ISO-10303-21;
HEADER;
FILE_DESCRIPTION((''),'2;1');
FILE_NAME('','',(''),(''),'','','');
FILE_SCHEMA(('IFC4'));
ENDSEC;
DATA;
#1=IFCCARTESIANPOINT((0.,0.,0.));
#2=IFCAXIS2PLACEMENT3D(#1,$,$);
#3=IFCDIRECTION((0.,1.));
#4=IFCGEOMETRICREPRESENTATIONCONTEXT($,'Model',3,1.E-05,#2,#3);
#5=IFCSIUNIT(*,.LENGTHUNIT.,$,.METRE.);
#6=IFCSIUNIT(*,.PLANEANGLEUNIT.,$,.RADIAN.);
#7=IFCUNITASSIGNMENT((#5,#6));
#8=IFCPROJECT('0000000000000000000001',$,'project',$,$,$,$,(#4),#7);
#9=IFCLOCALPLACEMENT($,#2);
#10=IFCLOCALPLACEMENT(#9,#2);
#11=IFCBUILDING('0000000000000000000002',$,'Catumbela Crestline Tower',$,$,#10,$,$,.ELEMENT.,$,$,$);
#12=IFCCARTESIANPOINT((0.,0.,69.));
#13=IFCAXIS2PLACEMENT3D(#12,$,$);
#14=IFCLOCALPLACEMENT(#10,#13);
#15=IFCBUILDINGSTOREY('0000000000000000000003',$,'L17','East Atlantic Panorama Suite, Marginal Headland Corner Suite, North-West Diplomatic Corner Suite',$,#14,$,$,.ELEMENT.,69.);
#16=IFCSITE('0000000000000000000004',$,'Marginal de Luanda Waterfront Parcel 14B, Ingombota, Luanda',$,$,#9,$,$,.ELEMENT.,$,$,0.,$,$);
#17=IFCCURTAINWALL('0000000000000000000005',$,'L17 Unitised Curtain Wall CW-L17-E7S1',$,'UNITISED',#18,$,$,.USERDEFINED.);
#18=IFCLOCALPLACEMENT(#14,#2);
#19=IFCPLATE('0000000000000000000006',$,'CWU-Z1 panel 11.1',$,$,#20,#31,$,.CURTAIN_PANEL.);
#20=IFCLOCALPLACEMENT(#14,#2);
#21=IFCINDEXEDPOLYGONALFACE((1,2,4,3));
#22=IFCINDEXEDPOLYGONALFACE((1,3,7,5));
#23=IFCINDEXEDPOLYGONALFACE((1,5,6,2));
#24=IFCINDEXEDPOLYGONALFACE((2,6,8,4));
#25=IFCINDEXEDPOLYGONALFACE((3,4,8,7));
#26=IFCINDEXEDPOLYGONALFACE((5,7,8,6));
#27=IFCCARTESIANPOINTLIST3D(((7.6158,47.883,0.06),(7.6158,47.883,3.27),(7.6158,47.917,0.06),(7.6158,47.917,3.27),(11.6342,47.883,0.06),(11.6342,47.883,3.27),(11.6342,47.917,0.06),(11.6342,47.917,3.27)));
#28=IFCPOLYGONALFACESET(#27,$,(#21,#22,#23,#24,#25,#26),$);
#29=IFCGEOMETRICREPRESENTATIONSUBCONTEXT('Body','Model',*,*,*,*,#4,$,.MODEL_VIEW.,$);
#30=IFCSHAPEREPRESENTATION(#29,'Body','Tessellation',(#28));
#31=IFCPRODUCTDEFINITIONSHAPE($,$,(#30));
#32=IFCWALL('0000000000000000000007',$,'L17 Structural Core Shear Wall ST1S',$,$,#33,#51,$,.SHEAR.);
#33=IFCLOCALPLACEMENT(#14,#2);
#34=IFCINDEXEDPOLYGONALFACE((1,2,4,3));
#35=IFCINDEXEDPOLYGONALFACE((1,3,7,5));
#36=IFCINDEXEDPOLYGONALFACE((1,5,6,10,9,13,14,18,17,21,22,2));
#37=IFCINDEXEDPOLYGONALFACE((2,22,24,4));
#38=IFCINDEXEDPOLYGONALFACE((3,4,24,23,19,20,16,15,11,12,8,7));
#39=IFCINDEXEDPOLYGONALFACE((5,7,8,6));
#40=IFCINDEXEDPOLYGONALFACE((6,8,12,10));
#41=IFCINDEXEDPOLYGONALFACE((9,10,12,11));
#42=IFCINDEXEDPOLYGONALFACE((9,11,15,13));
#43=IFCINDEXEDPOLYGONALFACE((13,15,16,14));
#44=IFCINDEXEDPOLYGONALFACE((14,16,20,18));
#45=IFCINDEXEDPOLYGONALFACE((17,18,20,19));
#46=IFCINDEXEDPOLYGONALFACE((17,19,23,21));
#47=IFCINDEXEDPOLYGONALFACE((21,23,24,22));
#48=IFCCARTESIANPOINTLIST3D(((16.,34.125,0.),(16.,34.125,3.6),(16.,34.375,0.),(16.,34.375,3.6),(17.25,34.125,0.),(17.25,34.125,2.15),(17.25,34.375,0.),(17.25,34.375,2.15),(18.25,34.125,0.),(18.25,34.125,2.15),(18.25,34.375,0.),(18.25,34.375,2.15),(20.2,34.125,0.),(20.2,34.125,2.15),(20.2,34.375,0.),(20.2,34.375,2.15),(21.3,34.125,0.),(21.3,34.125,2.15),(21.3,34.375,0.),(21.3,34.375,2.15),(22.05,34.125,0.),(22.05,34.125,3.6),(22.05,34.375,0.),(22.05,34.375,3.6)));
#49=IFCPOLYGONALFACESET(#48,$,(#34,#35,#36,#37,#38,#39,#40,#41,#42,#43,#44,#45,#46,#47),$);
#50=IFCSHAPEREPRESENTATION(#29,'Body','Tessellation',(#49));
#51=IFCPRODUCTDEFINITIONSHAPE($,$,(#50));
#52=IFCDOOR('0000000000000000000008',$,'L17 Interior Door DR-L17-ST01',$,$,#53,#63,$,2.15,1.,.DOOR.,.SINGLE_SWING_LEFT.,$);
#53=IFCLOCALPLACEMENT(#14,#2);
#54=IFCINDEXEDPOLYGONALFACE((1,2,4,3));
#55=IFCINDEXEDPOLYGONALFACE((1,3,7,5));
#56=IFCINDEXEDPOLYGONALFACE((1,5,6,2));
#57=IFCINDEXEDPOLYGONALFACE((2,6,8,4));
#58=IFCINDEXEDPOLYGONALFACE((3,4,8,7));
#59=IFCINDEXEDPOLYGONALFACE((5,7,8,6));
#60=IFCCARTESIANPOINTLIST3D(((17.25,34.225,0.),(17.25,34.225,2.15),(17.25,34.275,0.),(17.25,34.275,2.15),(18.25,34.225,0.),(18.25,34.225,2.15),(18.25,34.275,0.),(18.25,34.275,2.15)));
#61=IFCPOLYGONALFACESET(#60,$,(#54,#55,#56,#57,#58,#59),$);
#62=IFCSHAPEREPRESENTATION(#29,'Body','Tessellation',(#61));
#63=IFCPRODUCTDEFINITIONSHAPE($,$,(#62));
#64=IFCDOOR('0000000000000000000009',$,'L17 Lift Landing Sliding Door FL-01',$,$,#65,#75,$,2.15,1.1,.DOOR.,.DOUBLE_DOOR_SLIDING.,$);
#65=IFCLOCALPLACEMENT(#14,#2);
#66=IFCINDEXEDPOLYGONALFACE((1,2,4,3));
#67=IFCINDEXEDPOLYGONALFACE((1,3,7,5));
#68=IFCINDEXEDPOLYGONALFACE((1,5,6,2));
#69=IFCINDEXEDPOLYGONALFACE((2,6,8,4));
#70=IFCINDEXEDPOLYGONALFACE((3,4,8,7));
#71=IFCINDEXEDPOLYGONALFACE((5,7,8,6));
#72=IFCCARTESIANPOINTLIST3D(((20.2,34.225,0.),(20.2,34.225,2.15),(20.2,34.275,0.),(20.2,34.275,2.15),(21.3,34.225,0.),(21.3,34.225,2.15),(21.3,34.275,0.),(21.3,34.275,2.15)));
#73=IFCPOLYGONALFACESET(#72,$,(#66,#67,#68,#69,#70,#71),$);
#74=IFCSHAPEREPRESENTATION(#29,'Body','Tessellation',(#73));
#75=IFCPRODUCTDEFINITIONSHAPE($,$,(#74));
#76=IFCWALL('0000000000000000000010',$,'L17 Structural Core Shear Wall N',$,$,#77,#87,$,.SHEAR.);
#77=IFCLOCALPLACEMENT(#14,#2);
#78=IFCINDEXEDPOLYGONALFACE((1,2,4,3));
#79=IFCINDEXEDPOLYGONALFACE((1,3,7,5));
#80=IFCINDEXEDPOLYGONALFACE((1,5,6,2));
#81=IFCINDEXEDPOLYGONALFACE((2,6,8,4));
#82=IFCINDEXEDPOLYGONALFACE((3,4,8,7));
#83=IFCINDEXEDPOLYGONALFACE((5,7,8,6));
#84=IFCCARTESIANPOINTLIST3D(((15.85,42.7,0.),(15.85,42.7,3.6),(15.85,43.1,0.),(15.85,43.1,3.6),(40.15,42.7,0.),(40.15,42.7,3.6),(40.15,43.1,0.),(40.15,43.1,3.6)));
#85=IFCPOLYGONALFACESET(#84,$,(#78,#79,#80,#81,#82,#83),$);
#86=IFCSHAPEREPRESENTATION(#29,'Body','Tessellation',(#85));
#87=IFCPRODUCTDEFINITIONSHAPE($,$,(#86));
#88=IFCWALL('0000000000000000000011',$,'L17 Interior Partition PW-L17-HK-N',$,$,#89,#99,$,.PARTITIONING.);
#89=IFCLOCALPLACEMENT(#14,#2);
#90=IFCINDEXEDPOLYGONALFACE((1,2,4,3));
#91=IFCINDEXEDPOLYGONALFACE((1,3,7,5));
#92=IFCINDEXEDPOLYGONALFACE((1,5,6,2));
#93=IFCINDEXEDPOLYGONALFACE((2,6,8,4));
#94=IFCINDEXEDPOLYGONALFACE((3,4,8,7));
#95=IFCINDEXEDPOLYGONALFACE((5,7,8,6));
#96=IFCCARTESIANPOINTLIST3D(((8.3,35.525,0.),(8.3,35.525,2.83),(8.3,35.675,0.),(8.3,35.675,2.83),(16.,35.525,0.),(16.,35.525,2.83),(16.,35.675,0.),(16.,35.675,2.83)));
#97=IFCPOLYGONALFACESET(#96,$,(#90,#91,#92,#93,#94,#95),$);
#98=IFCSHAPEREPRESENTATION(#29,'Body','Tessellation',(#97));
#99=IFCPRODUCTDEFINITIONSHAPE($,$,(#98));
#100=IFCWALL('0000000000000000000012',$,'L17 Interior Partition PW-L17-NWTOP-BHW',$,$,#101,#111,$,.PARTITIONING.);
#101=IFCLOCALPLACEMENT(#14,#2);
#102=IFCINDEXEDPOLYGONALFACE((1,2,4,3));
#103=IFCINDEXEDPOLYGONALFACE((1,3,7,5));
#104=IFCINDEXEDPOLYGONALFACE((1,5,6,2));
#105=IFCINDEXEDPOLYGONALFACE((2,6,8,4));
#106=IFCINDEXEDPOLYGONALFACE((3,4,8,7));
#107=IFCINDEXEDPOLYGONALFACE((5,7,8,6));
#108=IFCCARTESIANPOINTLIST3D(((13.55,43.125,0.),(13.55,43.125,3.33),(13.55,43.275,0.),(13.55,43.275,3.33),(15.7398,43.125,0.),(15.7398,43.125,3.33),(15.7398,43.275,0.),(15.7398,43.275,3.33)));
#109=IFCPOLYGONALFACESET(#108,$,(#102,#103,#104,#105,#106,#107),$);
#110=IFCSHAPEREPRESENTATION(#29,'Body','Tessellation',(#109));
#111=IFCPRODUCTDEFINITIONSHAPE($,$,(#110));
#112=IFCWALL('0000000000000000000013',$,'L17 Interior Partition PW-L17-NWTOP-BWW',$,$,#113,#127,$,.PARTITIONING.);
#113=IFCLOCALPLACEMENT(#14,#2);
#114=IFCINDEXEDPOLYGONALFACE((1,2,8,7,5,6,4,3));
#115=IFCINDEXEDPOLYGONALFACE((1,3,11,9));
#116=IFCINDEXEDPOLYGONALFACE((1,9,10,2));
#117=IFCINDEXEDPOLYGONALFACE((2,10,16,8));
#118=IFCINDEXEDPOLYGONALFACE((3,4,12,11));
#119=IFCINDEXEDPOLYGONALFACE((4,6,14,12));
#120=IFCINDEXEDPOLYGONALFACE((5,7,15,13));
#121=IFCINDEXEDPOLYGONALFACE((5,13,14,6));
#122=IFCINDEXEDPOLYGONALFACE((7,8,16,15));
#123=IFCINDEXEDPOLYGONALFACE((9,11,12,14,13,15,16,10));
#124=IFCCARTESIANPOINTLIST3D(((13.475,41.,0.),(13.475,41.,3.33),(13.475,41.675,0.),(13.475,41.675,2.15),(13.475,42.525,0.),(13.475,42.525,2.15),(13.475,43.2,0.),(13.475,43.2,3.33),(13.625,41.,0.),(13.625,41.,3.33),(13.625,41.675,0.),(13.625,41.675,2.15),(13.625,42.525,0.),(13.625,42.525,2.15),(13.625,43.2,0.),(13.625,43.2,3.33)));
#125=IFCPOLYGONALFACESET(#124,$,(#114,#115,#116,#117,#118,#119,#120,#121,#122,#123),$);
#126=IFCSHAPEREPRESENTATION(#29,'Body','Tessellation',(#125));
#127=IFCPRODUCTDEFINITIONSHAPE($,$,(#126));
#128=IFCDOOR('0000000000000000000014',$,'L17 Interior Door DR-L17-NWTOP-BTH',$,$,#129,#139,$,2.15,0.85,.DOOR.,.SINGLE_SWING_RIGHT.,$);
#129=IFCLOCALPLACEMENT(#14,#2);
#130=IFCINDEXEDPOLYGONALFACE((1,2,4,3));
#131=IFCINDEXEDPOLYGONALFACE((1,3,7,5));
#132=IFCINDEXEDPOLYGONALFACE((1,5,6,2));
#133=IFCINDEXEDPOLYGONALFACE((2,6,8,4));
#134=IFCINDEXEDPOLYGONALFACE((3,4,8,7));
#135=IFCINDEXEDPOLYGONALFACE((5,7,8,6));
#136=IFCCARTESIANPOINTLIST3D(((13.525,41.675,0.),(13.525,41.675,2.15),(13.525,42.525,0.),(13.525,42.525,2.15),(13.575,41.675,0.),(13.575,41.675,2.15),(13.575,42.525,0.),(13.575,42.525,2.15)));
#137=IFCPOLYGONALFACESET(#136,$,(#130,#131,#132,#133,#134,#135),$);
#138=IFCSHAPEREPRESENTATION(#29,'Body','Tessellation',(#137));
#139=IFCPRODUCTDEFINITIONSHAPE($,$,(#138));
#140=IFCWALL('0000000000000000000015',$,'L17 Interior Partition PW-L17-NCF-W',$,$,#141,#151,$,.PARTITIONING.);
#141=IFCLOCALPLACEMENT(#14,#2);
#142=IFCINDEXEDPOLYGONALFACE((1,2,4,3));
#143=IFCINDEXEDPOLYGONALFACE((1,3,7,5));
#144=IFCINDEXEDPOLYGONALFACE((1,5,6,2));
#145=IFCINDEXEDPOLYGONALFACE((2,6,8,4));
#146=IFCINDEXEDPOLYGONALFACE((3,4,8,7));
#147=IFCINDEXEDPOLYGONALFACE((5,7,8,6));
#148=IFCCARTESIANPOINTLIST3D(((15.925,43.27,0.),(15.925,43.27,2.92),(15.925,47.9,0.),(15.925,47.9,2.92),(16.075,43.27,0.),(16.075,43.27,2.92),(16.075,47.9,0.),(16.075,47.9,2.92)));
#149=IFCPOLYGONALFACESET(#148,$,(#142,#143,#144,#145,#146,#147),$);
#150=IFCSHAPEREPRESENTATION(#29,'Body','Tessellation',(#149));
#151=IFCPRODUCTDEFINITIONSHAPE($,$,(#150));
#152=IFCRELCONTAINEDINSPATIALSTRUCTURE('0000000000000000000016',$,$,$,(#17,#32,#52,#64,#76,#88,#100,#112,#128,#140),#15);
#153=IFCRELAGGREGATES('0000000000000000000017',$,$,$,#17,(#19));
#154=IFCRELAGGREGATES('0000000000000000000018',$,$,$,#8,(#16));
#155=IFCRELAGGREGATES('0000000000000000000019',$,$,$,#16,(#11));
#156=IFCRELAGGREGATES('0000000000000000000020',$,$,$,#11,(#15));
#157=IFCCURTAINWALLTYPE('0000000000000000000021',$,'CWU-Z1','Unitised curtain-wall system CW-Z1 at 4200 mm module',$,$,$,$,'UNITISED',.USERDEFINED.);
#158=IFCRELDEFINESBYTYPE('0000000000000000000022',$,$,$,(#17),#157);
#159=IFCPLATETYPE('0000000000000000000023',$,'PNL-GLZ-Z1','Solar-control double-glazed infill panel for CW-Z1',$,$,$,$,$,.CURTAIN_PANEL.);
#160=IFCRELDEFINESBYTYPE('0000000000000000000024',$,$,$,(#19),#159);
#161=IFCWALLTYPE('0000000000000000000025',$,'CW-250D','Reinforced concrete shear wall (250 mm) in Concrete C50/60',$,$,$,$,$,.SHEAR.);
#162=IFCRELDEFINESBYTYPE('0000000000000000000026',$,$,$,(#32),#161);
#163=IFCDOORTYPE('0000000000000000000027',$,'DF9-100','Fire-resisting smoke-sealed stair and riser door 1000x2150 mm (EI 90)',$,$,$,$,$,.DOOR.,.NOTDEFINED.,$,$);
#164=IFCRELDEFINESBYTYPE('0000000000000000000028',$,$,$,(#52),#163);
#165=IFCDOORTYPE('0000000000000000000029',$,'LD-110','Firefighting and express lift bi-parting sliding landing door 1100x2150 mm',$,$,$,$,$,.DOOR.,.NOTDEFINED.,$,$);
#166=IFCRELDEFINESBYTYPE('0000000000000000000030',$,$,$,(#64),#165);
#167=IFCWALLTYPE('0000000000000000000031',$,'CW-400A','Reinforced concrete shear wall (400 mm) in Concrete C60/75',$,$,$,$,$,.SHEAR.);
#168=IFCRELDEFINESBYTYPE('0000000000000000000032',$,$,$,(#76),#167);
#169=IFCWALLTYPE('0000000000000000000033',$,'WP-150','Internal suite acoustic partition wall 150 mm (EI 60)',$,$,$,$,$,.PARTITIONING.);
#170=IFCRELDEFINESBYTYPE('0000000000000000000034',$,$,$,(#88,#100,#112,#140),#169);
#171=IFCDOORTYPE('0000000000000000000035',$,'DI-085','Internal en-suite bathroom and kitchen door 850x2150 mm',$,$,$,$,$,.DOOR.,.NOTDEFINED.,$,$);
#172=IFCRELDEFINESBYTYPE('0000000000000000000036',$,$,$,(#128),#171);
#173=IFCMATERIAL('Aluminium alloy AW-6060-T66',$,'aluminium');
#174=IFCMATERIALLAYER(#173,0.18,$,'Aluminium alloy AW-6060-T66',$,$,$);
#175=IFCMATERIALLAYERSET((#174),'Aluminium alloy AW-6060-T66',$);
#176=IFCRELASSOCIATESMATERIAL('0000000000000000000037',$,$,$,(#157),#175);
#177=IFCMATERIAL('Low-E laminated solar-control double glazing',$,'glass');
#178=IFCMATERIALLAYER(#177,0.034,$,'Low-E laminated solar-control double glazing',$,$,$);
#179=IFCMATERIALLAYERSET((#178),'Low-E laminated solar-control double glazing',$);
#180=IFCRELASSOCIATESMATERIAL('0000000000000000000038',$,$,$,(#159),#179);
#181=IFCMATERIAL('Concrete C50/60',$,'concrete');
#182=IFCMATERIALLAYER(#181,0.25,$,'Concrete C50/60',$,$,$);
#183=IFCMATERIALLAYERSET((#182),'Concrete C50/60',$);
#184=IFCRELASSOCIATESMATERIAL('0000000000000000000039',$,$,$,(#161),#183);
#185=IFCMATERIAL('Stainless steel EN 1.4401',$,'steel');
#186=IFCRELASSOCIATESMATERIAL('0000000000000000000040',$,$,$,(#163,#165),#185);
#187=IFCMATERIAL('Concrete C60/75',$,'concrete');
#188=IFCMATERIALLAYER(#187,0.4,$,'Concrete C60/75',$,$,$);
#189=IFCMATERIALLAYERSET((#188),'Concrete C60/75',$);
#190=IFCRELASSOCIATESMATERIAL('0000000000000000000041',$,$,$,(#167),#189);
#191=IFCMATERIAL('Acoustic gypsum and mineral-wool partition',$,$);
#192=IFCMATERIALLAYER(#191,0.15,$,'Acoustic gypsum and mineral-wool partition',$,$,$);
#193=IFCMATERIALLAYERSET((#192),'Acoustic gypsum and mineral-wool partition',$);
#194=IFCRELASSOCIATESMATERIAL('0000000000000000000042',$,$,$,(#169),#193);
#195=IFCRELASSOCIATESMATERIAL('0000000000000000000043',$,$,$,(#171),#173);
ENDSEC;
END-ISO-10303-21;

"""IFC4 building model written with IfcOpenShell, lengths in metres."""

from ifc_helpers import new_model, si_unit, direction, frame, frame_2d, origin, origin_2d, place, context, subcontext, project, spatial, rectangle, extrude, material, layer, layer_set, type_object, element, fill, aggregate, save


model = new_model("IFC4")

# Units and contexts
model_context = context("Model", 3, precision=1e-05, world=origin(), true_north=direction((0.0, 1.0)))
body_context = subcontext(model_context, "Body", "Model", "MODEL_VIEW")
ifc_project = project(units=[si_unit("LENGTHUNIT", "METRE"), si_unit("PLANEANGLEUNIT", "RADIAN")], contexts=[model_context])

# Site, building, storey
site_placement = place(None, origin())
site = spatial("IfcSite", under=ifc_project, at=site_placement, Name="Marginal de Luanda Waterfront Parcel 14B, Ingombota, Luanda", CompositionType="ELEMENT", RefElevation=0.0)
building_placement = place(site_placement, origin())
building = spatial("IfcBuilding", under=site, at=building_placement, Name="Catumbela Crestline Tower", CompositionType="ELEMENT")
storey_placement = place(building_placement, frame((0.0, 0.0, 69.0)))
storey = spatial("IfcBuildingStorey", under=building, at=storey_placement, Name="L17", Description="East Atlantic Panorama Suite, Marginal Headland Corner Suite, North-West Diplomatic Corner Suite", CompositionType="ELEMENT", Elevation=69.0)

# Curtain wall
ifc_material_1 = material(Name="Aluminium alloy AW-6060-T66", Category="aluminium")
ifc_layer_1 = layer(ifc_material_1, 0.18, Name="Aluminium alloy AW-6060-T66")
ifc_layer_set_1 = layer_set([ifc_layer_1], Name="Aluminium alloy AW-6060-T66")
curtain_wall_type = type_object("IfcCurtainWallType", Name="CWU-Z1", Description="Unitised curtain-wall system CW-Z1 at 4200 mm module", ElementType="UNITISED", PredefinedType="USERDEFINED", material=ifc_layer_set_1)
curtain_wall_placement = place(storey_placement, origin())
curtain_wall = element("IfcCurtainWall", 1, at=curtain_wall_placement, inside=storey, type_object=curtain_wall_type, Name="L17 Unitised Curtain Wall CW-L17-E7S1", ObjectType="UNITISED", PredefinedType="USERDEFINED")

# Plate
ifc_material_2 = material(Name="Low-E laminated solar-control double glazing", Category="glass")
ifc_layer_2 = layer(ifc_material_2, 0.034, Name="Low-E laminated solar-control double glazing")
ifc_layer_set_2 = layer_set([ifc_layer_2], Name="Low-E laminated solar-control double glazing")
plate_type = type_object("IfcPlateType", Name="PNL-GLZ-Z1", Description="Solar-control double-glazed infill panel for CW-Z1", PredefinedType="CURTAIN_PANEL", material=ifc_layer_set_2)
plate_1_placement = place(storey_placement, frame((9.625, 47.9, 0.06), z_axis=(0.0, 0.0, 1.0), x_axis=(-1.0, 0.0, 0.0)))
plate_1 = element("IfcPlate", 2, at=plate_1_placement, type_object=plate_type, Name="CWU-Z1 panel 11.1", PredefinedType="CURTAIN_PANEL", context=body_context, shape_type="SweptSolid", body=[
    extrude(rectangle(XDim=4.0183, YDim=0.034, at=origin_2d()), origin(), (0.0, 0.0, 1.0), 3.21),
])
aggregate(curtain_wall, [plate_1])

# Wall, openings, doors
ifc_material_3 = material(Name="Concrete C50/60", Category="concrete")
ifc_layer_3 = layer(ifc_material_3, 0.25, Name="Concrete C50/60")
ifc_layer_set_3 = layer_set([ifc_layer_3], Name="Concrete C50/60")
wall_type_1 = type_object("IfcWallType", Name="CW-250D", Description="Reinforced concrete shear wall (250 mm) in Concrete C50/60", PredefinedType="SHEAR", material=ifc_layer_set_3)
wall_1_placement = place(storey_placement, frame((16.0, 34.25, 0.0), z_axis=(0.0, 0.0, 1.0), x_axis=(1.0, 0.0, 0.0)))
wall_1 = element("IfcWall", 3, at=wall_1_placement, inside=storey, type_object=wall_type_1, Name="L17 Structural Core Shear Wall ST1S", PredefinedType="SHEAR", context=body_context, shape_type="SweptSolid", body=[
    extrude(rectangle(XDim=6.05, YDim=0.25, at=frame_2d((3.025, 0.0))), origin(), (0.0, 0.0, 1.0), 3.6),
])
opening_1_placement = place(wall_1_placement, frame((1.25, 0.0, 0.0)))
opening_1 = element("IfcOpeningElement", 4, at=opening_1_placement, cuts=wall_1, PredefinedType="OPENING", context=body_context, shape_type="SweptSolid", body=[
    extrude(rectangle(XDim=1.0, YDim=2.15, at=frame_2d((0.5, 1.075))), frame((0.0, 0.135, 0.0), z_axis=(0.0, -1.0, 0.0), x_axis=(1.0, 0.0, 0.0)), (0.0, 0.0, 1.0), 0.27),
])
opening_2_placement = place(wall_1_placement, frame((4.2, 0.0, 0.0)))
opening_2 = element("IfcOpeningElement", 5, at=opening_2_placement, cuts=wall_1, PredefinedType="OPENING", context=body_context, shape_type="SweptSolid", body=[
    extrude(rectangle(XDim=1.1, YDim=2.15, at=frame_2d((0.55, 1.075))), frame((0.0, 0.135, 0.0), z_axis=(0.0, -1.0, 0.0), x_axis=(1.0, 0.0, 0.0)), (0.0, 0.0, 1.0), 0.27),
])
ifc_material_4 = material(Name="Stainless steel EN 1.4401", Category="steel")
door_type_1 = type_object("IfcDoorType", Name="DF9-100", Description="Fire-resisting smoke-sealed stair and riser door 1000x2150 mm (EI 90)", OperationType="NOTDEFINED", PredefinedType="DOOR", material=ifc_material_4)
door_1_placement = place(opening_1_placement, origin())
door_1 = element("IfcDoor", 6, at=door_1_placement, inside=storey, type_object=door_type_1, Name="L17 Interior Door DR-L17-ST01", OperationType="SINGLE_SWING_LEFT", OverallHeight=2.15, OverallWidth=1.0, PredefinedType="DOOR", context=body_context, shape_type="SweptSolid", body=[
    extrude(rectangle(XDim=1.0, YDim=2.15, at=frame_2d((0.5, 1.075))), frame((0.0, 0.025, 0.0), z_axis=(0.0, -1.0, 0.0), x_axis=(1.0, 0.0, 0.0)), (0.0, 0.0, 1.0), 0.05),
])
fill(opening_1, door_1)
door_type_2 = type_object("IfcDoorType", Name="LD-110", Description="Firefighting and express lift bi-parting sliding landing door 1100x2150 mm", OperationType="NOTDEFINED", PredefinedType="DOOR", material=ifc_material_4)
door_2_placement = place(opening_2_placement, origin())
door_2 = element("IfcDoor", 7, at=door_2_placement, inside=storey, type_object=door_type_2, Name="L17 Lift Landing Sliding Door FL-01", OperationType="DOUBLE_DOOR_SLIDING", OverallHeight=2.15, OverallWidth=1.1, PredefinedType="DOOR", context=body_context, shape_type="SweptSolid", body=[
    extrude(rectangle(XDim=1.1, YDim=2.15, at=frame_2d((0.55, 1.075))), frame((0.0, 0.025, 0.0), z_axis=(0.0, -1.0, 0.0), x_axis=(1.0, 0.0, 0.0)), (0.0, 0.0, 1.0), 0.05),
])
fill(opening_2, door_2)

# Walls
ifc_material_5 = material(Name="Concrete C60/75", Category="concrete")
ifc_layer_4 = layer(ifc_material_5, 0.4, Name="Concrete C60/75")
ifc_layer_set_4 = layer_set([ifc_layer_4], Name="Concrete C60/75")
wall_type_2 = type_object("IfcWallType", Name="CW-400A", Description="Reinforced concrete shear wall (400 mm) in Concrete C60/75", PredefinedType="SHEAR", material=ifc_layer_set_4)
wall_2_placement = place(storey_placement, frame((15.85, 42.9, 0.0), z_axis=(0.0, 0.0, 1.0), x_axis=(1.0, 0.0, 0.0)))
element("IfcWall", 8, at=wall_2_placement, inside=storey, type_object=wall_type_2, Name="L17 Structural Core Shear Wall N", PredefinedType="SHEAR", context=body_context, shape_type="SweptSolid", body=[
    extrude(rectangle(XDim=24.3, YDim=0.4, at=frame_2d((12.15, 0.0))), origin(), (0.0, 0.0, 1.0), 3.6),
])
ifc_material_6 = material(Name="Acoustic gypsum and mineral-wool partition")
ifc_layer_5 = layer(ifc_material_6, 0.15, Name="Acoustic gypsum and mineral-wool partition")
ifc_layer_set_5 = layer_set([ifc_layer_5], Name="Acoustic gypsum and mineral-wool partition")
wall_type_3 = type_object("IfcWallType", Name="WP-150", Description="Internal suite acoustic partition wall 150 mm (EI 60)", PredefinedType="PARTITIONING", material=ifc_layer_set_5)
wall_3_placement = place(storey_placement, frame((8.3, 35.6, 0.0), z_axis=(0.0, 0.0, 1.0), x_axis=(1.0, 0.0, 0.0)))
element("IfcWall", 9, at=wall_3_placement, inside=storey, type_object=wall_type_3, Name="L17 Interior Partition PW-L17-HK-N", PredefinedType="PARTITIONING", context=body_context, shape_type="SweptSolid", body=[
    extrude(rectangle(XDim=7.7, YDim=0.15, at=frame_2d((3.85, 0.0))), origin(), (0.0, 0.0, 1.0), 2.83),
])
wall_4_placement = place(storey_placement, frame((13.55, 43.2, 0.0), z_axis=(0.0, 0.0, 1.0), x_axis=(1.0, 0.0, 0.0)))
element("IfcWall", 10, at=wall_4_placement, inside=storey, type_object=wall_type_3, Name="L17 Interior Partition PW-L17-NWTOP-BHW", PredefinedType="PARTITIONING", context=body_context, shape_type="SweptSolid", body=[
    extrude(rectangle(XDim=2.1897, YDim=0.15, at=frame_2d((1.0949, 0.0))), origin(), (0.0, 0.0, 1.0), 3.33),
])

# Wall, opening, door
wall_5_placement = place(storey_placement, frame((13.55, 41.0, 0.0), z_axis=(0.0, 0.0, 1.0), x_axis=(0.0, 1.0, 0.0)))
wall_5 = element("IfcWall", 11, at=wall_5_placement, inside=storey, type_object=wall_type_3, Name="L17 Interior Partition PW-L17-NWTOP-BWW", PredefinedType="PARTITIONING", context=body_context, shape_type="SweptSolid", body=[
    extrude(rectangle(XDim=2.2, YDim=0.15, at=frame_2d((1.1, 0.0))), origin(), (0.0, 0.0, 1.0), 3.33),
])
opening_3_placement = place(wall_5_placement, frame((0.675, 0.0, 0.0)))
opening_3 = element("IfcOpeningElement", 12, at=opening_3_placement, cuts=wall_5, PredefinedType="OPENING", context=body_context, shape_type="SweptSolid", body=[
    extrude(rectangle(XDim=0.85, YDim=2.15, at=frame_2d((0.425, 1.075))), frame((0.0, 0.085, 0.0), z_axis=(0.0, -1.0, 0.0), x_axis=(1.0, 0.0, 0.0)), (0.0, 0.0, 1.0), 0.17),
])
door_type_3 = type_object("IfcDoorType", Name="DI-085", Description="Internal en-suite bathroom and kitchen door 850x2150 mm", OperationType="NOTDEFINED", PredefinedType="DOOR", material=ifc_material_1)
door_3_placement = place(opening_3_placement, origin())
door_3 = element("IfcDoor", 13, at=door_3_placement, inside=storey, type_object=door_type_3, Name="L17 Interior Door DR-L17-NWTOP-BTH", OperationType="SINGLE_SWING_RIGHT", OverallHeight=2.15, OverallWidth=0.85, PredefinedType="DOOR", context=body_context, shape_type="SweptSolid", body=[
    extrude(rectangle(XDim=0.85, YDim=2.15, at=frame_2d((0.425, 1.075))), frame((0.0, 0.025, 0.0), z_axis=(0.0, -1.0, 0.0), x_axis=(1.0, 0.0, 0.0)), (0.0, 0.0, 1.0), 0.05),
])
fill(opening_3, door_3)

# Wall
wall_6_placement = place(storey_placement, frame((16.0, 43.27, 0.0), z_axis=(0.0, 0.0, 1.0), x_axis=(0.0, 1.0, 0.0)))
element("IfcWall", 14, at=wall_6_placement, inside=storey, type_object=wall_type_3, Name="L17 Interior Partition PW-L17-NCF-W", PredefinedType="PARTITIONING", context=body_context, shape_type="SweptSolid", body=[
    extrude(rectangle(XDim=4.63, YDim=0.15, at=frame_2d((2.315, 0.0))), origin(), (0.0, 0.0, 1.0), 2.92),
])

save(model, "model.ifc")
